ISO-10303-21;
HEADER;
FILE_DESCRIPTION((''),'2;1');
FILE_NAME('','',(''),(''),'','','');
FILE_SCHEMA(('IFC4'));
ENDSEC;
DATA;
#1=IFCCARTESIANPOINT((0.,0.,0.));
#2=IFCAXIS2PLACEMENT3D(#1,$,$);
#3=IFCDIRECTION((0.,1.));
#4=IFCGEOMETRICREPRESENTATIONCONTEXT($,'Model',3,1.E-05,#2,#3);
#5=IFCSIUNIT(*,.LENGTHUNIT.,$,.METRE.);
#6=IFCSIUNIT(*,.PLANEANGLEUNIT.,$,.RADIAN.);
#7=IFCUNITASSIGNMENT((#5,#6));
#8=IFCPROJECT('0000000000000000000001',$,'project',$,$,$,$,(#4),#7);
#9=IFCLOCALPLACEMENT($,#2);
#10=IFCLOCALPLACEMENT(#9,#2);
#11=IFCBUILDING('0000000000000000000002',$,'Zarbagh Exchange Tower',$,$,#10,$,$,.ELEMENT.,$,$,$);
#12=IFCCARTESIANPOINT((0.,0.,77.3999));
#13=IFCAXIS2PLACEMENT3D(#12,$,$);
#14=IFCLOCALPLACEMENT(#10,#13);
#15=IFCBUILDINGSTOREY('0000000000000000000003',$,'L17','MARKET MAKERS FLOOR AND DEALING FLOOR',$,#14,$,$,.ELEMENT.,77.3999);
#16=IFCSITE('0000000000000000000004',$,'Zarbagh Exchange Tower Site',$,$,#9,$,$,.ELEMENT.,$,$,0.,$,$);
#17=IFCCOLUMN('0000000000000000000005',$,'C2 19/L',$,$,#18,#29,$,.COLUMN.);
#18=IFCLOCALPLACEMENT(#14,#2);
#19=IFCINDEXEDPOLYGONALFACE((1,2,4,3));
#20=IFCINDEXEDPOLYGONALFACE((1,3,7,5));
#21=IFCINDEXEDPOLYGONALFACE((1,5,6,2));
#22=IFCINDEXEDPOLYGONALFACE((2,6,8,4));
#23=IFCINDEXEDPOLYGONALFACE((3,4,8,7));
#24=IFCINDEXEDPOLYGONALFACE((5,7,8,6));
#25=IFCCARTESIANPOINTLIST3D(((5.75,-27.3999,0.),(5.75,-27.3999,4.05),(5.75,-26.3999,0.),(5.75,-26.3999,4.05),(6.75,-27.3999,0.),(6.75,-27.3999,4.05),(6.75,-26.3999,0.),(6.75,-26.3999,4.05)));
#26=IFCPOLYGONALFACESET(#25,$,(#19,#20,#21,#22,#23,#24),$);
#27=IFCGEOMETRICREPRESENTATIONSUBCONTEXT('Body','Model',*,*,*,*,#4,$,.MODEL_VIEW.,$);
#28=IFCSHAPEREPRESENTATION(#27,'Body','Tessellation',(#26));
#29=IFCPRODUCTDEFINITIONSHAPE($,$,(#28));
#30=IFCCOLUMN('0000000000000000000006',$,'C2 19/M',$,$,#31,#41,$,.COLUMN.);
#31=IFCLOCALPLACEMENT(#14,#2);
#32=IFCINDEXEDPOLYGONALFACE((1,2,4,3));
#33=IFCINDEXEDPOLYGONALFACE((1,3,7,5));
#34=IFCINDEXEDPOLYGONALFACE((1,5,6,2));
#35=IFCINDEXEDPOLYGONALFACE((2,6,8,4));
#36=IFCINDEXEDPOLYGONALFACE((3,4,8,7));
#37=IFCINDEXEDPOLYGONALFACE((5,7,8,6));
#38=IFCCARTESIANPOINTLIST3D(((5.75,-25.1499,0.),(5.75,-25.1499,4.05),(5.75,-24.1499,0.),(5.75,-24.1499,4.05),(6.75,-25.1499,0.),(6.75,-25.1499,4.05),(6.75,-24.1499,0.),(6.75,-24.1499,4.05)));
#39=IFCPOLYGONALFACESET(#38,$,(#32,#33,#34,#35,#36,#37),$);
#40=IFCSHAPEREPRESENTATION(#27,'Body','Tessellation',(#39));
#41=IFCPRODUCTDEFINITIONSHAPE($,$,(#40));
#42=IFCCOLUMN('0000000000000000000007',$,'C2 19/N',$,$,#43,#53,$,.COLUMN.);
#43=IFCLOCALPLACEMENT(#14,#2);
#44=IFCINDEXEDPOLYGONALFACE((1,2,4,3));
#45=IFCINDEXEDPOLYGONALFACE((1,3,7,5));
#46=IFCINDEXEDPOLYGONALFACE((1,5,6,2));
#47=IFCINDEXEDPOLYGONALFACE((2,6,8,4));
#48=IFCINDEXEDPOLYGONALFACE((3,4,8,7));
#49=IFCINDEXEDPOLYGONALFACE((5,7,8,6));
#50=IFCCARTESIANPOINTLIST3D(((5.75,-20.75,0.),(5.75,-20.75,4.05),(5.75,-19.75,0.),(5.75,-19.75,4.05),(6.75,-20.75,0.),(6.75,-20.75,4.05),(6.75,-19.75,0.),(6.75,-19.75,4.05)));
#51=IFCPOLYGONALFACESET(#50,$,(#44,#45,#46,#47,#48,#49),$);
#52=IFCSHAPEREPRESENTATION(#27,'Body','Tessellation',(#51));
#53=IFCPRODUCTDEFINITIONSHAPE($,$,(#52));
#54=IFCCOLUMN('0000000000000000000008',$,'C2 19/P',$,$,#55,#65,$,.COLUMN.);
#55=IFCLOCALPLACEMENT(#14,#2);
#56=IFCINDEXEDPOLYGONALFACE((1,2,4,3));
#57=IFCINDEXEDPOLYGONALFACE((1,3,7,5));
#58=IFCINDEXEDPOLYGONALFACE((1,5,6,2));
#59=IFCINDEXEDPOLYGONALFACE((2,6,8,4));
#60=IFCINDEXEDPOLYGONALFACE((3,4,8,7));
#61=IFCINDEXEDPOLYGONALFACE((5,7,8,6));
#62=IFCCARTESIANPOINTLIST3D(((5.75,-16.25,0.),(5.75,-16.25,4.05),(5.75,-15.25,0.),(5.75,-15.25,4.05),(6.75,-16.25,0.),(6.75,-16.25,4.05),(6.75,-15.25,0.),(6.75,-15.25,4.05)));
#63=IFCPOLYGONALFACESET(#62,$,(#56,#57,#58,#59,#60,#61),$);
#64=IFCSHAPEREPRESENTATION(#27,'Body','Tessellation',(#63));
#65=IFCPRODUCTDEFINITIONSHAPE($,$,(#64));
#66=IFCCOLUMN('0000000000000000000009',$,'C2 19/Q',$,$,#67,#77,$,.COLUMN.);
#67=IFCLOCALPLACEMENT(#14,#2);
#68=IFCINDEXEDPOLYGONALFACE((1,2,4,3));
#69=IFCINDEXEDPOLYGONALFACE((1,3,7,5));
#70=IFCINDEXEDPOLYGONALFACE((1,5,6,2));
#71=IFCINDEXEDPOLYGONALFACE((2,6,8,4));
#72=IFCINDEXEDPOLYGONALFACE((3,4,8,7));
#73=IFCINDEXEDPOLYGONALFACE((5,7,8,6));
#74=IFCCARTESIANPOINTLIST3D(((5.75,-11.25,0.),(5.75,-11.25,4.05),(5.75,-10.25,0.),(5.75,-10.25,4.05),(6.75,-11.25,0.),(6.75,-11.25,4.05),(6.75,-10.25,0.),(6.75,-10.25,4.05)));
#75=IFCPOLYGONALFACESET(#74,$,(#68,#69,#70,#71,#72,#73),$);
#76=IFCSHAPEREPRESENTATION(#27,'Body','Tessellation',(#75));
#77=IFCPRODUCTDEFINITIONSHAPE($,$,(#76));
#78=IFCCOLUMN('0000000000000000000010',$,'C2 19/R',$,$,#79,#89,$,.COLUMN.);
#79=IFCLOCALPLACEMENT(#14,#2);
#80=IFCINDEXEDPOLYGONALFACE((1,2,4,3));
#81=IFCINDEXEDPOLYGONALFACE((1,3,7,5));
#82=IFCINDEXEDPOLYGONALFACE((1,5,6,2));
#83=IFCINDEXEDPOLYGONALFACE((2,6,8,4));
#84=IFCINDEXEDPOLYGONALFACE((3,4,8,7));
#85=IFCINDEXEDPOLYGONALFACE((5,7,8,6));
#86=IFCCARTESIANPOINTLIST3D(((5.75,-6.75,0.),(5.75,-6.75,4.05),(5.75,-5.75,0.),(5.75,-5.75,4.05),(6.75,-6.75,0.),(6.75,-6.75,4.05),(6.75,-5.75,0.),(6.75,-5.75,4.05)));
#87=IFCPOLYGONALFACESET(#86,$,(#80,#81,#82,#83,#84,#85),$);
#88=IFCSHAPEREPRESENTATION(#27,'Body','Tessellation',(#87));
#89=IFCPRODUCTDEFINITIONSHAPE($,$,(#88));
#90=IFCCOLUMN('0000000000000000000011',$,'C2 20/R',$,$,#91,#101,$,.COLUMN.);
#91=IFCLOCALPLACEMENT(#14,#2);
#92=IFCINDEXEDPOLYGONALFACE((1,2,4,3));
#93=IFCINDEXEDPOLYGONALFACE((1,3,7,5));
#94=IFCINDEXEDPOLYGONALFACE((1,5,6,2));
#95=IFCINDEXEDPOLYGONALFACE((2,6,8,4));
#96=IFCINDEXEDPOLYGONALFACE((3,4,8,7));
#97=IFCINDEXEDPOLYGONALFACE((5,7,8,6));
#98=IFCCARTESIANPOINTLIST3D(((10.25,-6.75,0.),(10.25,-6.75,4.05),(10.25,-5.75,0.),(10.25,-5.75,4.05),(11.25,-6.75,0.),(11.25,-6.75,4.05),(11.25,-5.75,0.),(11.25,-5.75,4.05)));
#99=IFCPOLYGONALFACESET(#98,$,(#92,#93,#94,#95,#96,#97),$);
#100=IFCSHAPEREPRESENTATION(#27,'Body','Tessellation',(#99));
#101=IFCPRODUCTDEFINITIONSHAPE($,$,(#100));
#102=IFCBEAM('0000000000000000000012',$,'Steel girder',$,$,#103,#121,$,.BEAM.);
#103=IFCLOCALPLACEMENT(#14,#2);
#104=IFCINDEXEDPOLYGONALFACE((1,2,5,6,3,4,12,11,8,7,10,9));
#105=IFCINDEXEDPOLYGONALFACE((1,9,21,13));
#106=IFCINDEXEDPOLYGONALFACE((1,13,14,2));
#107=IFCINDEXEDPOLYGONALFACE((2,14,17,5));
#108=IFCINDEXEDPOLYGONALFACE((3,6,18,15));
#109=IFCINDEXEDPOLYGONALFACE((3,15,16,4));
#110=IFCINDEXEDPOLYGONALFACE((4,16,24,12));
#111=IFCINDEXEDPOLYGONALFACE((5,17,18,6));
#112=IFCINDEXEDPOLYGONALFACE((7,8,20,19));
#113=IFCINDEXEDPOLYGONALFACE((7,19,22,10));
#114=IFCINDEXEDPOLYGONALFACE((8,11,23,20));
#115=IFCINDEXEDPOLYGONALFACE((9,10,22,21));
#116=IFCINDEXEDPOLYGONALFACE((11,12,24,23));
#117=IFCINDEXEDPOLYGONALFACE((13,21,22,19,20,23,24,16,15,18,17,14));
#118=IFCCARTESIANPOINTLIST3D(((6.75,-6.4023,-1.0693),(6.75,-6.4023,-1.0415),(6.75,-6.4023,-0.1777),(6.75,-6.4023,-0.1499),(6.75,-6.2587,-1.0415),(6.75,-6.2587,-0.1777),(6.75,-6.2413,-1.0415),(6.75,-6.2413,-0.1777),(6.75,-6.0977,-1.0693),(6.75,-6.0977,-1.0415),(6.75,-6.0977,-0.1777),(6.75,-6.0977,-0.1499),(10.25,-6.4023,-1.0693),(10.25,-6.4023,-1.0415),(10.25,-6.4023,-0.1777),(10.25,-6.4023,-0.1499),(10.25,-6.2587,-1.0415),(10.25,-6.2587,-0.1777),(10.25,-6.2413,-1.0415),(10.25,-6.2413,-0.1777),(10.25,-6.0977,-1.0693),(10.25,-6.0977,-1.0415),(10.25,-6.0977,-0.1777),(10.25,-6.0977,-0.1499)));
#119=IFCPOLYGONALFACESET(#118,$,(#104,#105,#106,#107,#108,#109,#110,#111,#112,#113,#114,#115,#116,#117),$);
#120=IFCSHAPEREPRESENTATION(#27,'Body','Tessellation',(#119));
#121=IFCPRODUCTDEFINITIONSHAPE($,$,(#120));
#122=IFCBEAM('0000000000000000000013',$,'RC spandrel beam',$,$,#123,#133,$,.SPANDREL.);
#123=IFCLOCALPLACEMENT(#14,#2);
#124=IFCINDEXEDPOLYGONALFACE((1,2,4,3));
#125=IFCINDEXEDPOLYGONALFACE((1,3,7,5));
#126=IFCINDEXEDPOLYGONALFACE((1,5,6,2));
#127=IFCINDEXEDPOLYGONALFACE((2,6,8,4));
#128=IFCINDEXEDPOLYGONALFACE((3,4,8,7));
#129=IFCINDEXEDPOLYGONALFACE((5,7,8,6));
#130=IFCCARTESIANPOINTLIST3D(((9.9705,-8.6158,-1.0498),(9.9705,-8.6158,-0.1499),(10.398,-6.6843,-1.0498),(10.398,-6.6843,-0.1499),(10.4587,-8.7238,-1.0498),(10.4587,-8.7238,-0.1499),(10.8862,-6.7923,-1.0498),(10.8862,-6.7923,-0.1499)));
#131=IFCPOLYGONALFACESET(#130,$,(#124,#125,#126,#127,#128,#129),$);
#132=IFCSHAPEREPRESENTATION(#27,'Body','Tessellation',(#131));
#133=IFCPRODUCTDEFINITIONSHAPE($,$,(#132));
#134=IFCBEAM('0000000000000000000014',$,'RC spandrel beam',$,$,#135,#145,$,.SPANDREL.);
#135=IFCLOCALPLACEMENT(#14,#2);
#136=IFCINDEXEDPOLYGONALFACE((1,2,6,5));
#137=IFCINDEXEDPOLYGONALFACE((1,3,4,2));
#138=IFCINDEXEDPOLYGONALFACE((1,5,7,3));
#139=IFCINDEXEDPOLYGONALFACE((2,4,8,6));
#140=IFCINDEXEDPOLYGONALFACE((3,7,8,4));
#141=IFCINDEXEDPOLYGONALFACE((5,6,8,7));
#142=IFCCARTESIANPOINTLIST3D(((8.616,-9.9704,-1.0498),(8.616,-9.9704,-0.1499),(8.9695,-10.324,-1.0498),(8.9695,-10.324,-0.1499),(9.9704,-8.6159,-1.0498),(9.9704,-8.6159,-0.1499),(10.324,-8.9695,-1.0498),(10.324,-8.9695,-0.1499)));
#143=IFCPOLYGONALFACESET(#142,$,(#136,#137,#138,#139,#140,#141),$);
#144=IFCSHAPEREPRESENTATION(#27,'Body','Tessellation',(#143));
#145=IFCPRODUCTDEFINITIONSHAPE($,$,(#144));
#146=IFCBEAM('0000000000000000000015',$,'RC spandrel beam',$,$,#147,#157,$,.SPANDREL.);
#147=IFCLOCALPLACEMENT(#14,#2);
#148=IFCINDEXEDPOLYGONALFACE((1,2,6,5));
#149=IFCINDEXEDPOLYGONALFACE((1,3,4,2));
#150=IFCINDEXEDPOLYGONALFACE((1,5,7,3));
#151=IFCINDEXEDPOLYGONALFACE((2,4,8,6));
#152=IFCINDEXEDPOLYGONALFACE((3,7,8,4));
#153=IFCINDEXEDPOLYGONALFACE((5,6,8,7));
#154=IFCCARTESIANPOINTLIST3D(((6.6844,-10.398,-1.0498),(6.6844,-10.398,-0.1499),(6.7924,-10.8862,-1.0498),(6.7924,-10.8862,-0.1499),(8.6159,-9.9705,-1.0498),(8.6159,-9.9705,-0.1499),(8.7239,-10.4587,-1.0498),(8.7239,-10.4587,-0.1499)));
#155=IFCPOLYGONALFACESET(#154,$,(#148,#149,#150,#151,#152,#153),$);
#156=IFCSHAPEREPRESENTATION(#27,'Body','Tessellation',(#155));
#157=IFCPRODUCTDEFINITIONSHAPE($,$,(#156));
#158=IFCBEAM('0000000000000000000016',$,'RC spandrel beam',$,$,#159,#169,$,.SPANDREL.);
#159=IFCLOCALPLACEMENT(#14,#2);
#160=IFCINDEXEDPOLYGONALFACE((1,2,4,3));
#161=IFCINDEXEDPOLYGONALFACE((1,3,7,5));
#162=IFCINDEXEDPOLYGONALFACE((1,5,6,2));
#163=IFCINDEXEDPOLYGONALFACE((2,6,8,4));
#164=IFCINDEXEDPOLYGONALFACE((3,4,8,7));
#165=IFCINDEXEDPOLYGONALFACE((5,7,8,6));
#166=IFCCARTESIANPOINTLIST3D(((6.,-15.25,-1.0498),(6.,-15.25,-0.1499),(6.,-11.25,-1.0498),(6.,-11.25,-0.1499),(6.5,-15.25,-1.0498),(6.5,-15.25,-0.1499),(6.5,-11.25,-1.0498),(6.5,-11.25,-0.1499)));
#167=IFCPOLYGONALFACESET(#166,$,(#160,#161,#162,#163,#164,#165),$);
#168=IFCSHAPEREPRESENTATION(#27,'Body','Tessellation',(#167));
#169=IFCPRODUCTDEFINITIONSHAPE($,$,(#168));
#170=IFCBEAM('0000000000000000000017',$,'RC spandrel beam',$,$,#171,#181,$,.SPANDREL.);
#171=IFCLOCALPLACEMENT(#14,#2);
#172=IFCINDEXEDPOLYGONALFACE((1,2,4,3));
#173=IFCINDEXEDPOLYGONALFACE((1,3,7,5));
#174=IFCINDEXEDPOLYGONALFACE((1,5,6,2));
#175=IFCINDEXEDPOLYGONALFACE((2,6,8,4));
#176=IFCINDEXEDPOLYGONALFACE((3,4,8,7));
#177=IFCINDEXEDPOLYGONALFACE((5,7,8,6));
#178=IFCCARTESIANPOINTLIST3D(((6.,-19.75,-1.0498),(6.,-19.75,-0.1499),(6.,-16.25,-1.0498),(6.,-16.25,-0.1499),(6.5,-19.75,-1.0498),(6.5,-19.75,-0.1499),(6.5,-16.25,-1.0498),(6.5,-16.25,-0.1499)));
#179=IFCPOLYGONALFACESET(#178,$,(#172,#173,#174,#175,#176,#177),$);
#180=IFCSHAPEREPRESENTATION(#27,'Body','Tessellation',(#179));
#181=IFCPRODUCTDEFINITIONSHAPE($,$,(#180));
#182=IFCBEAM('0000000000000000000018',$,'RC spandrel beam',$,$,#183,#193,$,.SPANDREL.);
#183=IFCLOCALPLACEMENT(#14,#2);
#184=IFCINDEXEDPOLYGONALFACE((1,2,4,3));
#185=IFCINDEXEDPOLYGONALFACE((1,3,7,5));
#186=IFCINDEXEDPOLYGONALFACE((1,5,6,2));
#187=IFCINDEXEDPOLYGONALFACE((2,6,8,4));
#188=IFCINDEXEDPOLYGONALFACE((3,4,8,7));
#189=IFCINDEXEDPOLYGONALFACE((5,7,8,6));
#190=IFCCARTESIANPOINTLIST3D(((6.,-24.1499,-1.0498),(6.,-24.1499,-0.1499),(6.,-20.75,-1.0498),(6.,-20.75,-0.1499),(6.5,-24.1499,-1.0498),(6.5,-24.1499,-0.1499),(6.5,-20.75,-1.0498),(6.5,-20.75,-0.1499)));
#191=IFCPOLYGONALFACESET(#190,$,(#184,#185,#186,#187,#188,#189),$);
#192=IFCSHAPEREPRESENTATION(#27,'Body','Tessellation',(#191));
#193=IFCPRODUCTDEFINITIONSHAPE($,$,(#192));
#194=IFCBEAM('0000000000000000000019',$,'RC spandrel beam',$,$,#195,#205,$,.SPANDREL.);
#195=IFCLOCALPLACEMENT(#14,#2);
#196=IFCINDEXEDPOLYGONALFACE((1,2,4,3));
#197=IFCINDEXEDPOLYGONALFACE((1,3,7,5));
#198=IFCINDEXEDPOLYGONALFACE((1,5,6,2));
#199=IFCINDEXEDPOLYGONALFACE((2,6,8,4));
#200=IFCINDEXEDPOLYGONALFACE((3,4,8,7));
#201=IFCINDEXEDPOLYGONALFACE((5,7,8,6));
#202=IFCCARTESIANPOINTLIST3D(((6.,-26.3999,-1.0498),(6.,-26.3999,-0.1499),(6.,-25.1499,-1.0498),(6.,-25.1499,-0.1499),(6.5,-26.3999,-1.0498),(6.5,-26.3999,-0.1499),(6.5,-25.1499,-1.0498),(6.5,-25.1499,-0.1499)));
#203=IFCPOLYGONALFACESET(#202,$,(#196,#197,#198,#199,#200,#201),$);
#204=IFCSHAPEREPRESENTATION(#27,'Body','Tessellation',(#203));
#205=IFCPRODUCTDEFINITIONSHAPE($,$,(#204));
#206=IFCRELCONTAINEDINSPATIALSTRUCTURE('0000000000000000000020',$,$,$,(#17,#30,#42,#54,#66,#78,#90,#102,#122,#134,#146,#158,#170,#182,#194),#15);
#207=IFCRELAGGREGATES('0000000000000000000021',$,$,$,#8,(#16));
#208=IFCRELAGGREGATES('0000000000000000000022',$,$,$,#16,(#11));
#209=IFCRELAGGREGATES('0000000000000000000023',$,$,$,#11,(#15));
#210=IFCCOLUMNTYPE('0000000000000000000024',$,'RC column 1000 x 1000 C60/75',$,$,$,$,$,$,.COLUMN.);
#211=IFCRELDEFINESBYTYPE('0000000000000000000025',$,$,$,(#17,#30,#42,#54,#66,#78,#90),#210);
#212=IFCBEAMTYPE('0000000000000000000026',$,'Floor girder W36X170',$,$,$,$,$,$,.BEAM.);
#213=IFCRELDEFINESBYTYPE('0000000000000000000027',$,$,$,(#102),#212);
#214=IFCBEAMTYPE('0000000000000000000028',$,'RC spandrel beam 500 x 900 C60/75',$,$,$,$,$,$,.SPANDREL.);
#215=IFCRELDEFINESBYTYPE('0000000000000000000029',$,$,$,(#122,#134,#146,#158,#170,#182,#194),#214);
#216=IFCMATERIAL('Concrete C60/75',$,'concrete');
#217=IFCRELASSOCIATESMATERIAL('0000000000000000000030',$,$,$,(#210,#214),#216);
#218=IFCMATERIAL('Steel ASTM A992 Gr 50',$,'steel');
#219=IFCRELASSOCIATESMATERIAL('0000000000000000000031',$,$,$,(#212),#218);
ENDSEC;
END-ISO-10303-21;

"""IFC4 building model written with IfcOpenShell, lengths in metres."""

from ifc_helpers import new_model, si_unit, direction, frame, origin, origin_2d, place, context, subcontext, project, spatial, rectangle, i_section, extrude, material, material_profile, profile_set, type_object, element, save


model = new_model("IFC4")

# Units and contexts
model_context = context("Model", 3, precision=1e-05, world=origin(), true_north=direction((0.0, 1.0)))
body_context = subcontext(model_context, "Body", "Model", "MODEL_VIEW")
ifc_project = project(units=[si_unit("LENGTHUNIT", "METRE"), si_unit("PLANEANGLEUNIT", "RADIAN")], contexts=[model_context])

# Site, building, storey
site_placement = place(None, origin())
site = spatial("IfcSite", under=ifc_project, at=site_placement, Name="Zarbagh Exchange Tower Site", CompositionType="ELEMENT", RefElevation=0.0)
building_placement = place(site_placement, origin())
building = spatial("IfcBuilding", under=site, at=building_placement, Name="Zarbagh Exchange Tower", CompositionType="ELEMENT")
storey_placement = place(building_placement, frame((0.0, 0.0, 77.3999)))
storey = spatial("IfcBuildingStorey", under=building, at=storey_placement, Name="L17", Description="MARKET MAKERS FLOOR AND DEALING FLOOR", CompositionType="ELEMENT", Elevation=77.3999)

# Columns
ifc_material_1 = material(Name="Concrete C60/75", Category="concrete")
ifc_material_profile_1 = material_profile(ifc_material_1, rectangle(XDim=1.0, YDim=1.0, at=origin_2d()), Name="RC column 1000 x 1000 C60/75")
ifc_profile_set_1 = profile_set([ifc_material_profile_1], Name="Concrete C60/75")
column_type = type_object("IfcColumnType", Name="RC column 1000 x 1000 C60/75", PredefinedType="COLUMN", material=ifc_profile_set_1)
for number, where, z_axis, x_axis, name in (
    (1, (6.25, -26.8999, 0.0), (0.0, 0.0, 1.0), (1.0, 0.0, 0.0), "C2 19/L"),
    (2, (6.25, -24.6499, 0.0), (0.0, 0.0, 1.0), (1.0, 0.0, 0.0), "C2 19/M"),
    (3, (6.25, -20.25, 0.0), (0.0, 0.0, 1.0), (1.0, 0.0, 0.0), "C2 19/N"),
    (4, (6.25, -15.75, 0.0), (0.0, 0.0, 1.0), (1.0, 0.0, 0.0), "C2 19/P"),
    (5, (6.25, -10.75, 0.0), (0.0, 0.0, 1.0), (1.0, 0.0, 0.0), "C2 19/Q"),
    (6, (6.25, -6.25, 0.0), (0.0, 0.0, 1.0), (1.0, 0.0, 0.0), "C2 19/R"),
    (7, (10.75, -6.25, 0.0), (0.0, 0.0, 1.0), (1.0, 0.0, 0.0), "C2 20/R"),
):
    element("IfcColumn", number, at=place(storey_placement, frame(where, z_axis=z_axis, x_axis=x_axis)), inside=storey, type_object=column_type, Name=name, PredefinedType="COLUMN", context=body_context, shape_type="SweptSolid", body=[
        extrude(rectangle(XDim=1.0, YDim=1.0, at=origin_2d()), origin(), (0.0, 0.0, 1.0), 4.05),
    ])

# Beams
ifc_material_2 = material(Name="Steel ASTM A992 Gr 50", Category="steel")
ifc_material_profile_2 = material_profile(ifc_material_2, i_section(OverallWidth=0.3047, OverallDepth=0.9194, WebThickness=0.0173, FlangeThickness=0.0278, at=origin_2d()), Name="W36X170")
ifc_profile_set_2 = profile_set([ifc_material_profile_2], Name="Steel ASTM A992 Gr 50")
beam_type_1 = type_object("IfcBeamType", Name="Floor girder W36X170", PredefinedType="BEAM", material=ifc_profile_set_2)
beam_1_placement = place(storey_placement, frame((6.75, -6.25, -0.6096), z_axis=(1.0, 0.0, 0.0), x_axis=(0.0, 1.0, 0.0)))
element("IfcBeam", 8, at=beam_1_placement, inside=storey, type_object=beam_type_1, Name="Steel girder", PredefinedType="BEAM", context=body_context, shape_type="SweptSolid", body=[
    extrude(i_section(OverallWidth=0.3047, OverallDepth=0.9194, WebThickness=0.0173, FlangeThickness=0.0278, at=origin_2d()), origin(), (0.0, 0.0, 1.0), 3.5),
])
ifc_material_profile_3 = material_profile(ifc_material_1, rectangle(XDim=0.5, YDim=0.8999, at=origin_2d()), Name="RC spandrel beam 500 x 900 C60/75")
ifc_profile_set_3 = profile_set([ifc_material_profile_3], Name="Concrete C60/75")
beam_type_2 = type_object("IfcBeamType", Name="RC spandrel beam 500 x 900 C60/75", PredefinedType="SPANDREL", material=ifc_profile_set_3)
beam_2_placement = place(storey_placement, frame((10.6421, -6.7383, -0.5999), z_axis=(-0.216081, -0.976375, 0.0), x_axis=(0.976375, -0.216081, 0.0)))
element("IfcBeam", 9, at=beam_2_placement, inside=storey, type_object=beam_type_2, Name="RC spandrel beam", PredefinedType="SPANDREL", context=body_context, shape_type="SweptSolid", body=[
    extrude(rectangle(XDim=0.5, YDim=0.8999, at=origin_2d()), origin(), (0.0, 0.0, 1.0), 1.9783),
])
beam_3_placement = place(storey_placement, frame((10.1472, -8.7927, -0.5999), z_axis=(-0.707107, -0.707107, 0.0), x_axis=(0.707107, -0.707107, 0.0)))
element("IfcBeam", 10, at=beam_3_placement, inside=storey, type_object=beam_type_2, Name="RC spandrel beam", PredefinedType="SPANDREL", context=body_context, shape_type="SweptSolid", body=[
    extrude(rectangle(XDim=0.5, YDim=0.8999, at=origin_2d()), origin(), (0.0, 0.0, 1.0), 1.9155),
])
beam_4_placement = place(storey_placement, frame((8.6699, -10.2146, -0.5999), z_axis=(-0.976375, -0.216081, 0.0), x_axis=(0.216081, -0.976375, 0.0)))
element("IfcBeam", 11, at=beam_4_placement, inside=storey, type_object=beam_type_2, Name="RC spandrel beam", PredefinedType="SPANDREL", context=body_context, shape_type="SweptSolid", body=[
    extrude(rectangle(XDim=0.5, YDim=0.8999, at=origin_2d()), origin(), (0.0, 0.0, 1.0), 1.9783),
])
beam_5_placement = place(storey_placement, frame((6.25, -11.25, -0.5999), z_axis=(0.0, -1.0, 0.0), x_axis=(1.0, 0.0, 0.0)))
element("IfcBeam", 12, at=beam_5_placement, inside=storey, type_object=beam_type_2, Name="RC spandrel beam", PredefinedType="SPANDREL", context=body_context, shape_type="SweptSolid", body=[
    extrude(rectangle(XDim=0.5, YDim=0.8999, at=origin_2d()), origin(), (0.0, 0.0, 1.0), 4.0),
])
beam_6_placement = place(storey_placement, frame((6.25, -16.25, -0.5999), z_axis=(0.0, -1.0, 0.0), x_axis=(1.0, 0.0, 0.0)))
element("IfcBeam", 13, at=beam_6_placement, inside=storey, type_object=beam_type_2, Name="RC spandrel beam", PredefinedType="SPANDREL", context=body_context, shape_type="SweptSolid", body=[
    extrude(rectangle(XDim=0.5, YDim=0.8999, at=origin_2d()), origin(), (0.0, 0.0, 1.0), 3.5),
])
beam_7_placement = place(storey_placement, frame((6.25, -20.75, -0.5999), z_axis=(0.0, -1.0, 0.0), x_axis=(1.0, 0.0, 0.0)))
element("IfcBeam", 14, at=beam_7_placement, inside=storey, type_object=beam_type_2, Name="RC spandrel beam", PredefinedType="SPANDREL", context=body_context, shape_type="SweptSolid", body=[
    extrude(rectangle(XDim=0.5, YDim=0.8999, at=origin_2d()), origin(), (0.0, 0.0, 1.0), 3.3999),
])
beam_8_placement = place(storey_placement, frame((6.25, -25.1499, -0.5999), z_axis=(0.0, -1.0, 0.0), x_axis=(1.0, 0.0, 0.0)))
element("IfcBeam", 15, at=beam_8_placement, inside=storey, type_object=beam_type_2, Name="RC spandrel beam", PredefinedType="SPANDREL", context=body_context, shape_type="SweptSolid", body=[
    extrude(rectangle(XDim=0.5, YDim=0.8999, at=origin_2d()), origin(), (0.0, 0.0, 1.0), 1.25),
])

save(model, "model.ifc")
